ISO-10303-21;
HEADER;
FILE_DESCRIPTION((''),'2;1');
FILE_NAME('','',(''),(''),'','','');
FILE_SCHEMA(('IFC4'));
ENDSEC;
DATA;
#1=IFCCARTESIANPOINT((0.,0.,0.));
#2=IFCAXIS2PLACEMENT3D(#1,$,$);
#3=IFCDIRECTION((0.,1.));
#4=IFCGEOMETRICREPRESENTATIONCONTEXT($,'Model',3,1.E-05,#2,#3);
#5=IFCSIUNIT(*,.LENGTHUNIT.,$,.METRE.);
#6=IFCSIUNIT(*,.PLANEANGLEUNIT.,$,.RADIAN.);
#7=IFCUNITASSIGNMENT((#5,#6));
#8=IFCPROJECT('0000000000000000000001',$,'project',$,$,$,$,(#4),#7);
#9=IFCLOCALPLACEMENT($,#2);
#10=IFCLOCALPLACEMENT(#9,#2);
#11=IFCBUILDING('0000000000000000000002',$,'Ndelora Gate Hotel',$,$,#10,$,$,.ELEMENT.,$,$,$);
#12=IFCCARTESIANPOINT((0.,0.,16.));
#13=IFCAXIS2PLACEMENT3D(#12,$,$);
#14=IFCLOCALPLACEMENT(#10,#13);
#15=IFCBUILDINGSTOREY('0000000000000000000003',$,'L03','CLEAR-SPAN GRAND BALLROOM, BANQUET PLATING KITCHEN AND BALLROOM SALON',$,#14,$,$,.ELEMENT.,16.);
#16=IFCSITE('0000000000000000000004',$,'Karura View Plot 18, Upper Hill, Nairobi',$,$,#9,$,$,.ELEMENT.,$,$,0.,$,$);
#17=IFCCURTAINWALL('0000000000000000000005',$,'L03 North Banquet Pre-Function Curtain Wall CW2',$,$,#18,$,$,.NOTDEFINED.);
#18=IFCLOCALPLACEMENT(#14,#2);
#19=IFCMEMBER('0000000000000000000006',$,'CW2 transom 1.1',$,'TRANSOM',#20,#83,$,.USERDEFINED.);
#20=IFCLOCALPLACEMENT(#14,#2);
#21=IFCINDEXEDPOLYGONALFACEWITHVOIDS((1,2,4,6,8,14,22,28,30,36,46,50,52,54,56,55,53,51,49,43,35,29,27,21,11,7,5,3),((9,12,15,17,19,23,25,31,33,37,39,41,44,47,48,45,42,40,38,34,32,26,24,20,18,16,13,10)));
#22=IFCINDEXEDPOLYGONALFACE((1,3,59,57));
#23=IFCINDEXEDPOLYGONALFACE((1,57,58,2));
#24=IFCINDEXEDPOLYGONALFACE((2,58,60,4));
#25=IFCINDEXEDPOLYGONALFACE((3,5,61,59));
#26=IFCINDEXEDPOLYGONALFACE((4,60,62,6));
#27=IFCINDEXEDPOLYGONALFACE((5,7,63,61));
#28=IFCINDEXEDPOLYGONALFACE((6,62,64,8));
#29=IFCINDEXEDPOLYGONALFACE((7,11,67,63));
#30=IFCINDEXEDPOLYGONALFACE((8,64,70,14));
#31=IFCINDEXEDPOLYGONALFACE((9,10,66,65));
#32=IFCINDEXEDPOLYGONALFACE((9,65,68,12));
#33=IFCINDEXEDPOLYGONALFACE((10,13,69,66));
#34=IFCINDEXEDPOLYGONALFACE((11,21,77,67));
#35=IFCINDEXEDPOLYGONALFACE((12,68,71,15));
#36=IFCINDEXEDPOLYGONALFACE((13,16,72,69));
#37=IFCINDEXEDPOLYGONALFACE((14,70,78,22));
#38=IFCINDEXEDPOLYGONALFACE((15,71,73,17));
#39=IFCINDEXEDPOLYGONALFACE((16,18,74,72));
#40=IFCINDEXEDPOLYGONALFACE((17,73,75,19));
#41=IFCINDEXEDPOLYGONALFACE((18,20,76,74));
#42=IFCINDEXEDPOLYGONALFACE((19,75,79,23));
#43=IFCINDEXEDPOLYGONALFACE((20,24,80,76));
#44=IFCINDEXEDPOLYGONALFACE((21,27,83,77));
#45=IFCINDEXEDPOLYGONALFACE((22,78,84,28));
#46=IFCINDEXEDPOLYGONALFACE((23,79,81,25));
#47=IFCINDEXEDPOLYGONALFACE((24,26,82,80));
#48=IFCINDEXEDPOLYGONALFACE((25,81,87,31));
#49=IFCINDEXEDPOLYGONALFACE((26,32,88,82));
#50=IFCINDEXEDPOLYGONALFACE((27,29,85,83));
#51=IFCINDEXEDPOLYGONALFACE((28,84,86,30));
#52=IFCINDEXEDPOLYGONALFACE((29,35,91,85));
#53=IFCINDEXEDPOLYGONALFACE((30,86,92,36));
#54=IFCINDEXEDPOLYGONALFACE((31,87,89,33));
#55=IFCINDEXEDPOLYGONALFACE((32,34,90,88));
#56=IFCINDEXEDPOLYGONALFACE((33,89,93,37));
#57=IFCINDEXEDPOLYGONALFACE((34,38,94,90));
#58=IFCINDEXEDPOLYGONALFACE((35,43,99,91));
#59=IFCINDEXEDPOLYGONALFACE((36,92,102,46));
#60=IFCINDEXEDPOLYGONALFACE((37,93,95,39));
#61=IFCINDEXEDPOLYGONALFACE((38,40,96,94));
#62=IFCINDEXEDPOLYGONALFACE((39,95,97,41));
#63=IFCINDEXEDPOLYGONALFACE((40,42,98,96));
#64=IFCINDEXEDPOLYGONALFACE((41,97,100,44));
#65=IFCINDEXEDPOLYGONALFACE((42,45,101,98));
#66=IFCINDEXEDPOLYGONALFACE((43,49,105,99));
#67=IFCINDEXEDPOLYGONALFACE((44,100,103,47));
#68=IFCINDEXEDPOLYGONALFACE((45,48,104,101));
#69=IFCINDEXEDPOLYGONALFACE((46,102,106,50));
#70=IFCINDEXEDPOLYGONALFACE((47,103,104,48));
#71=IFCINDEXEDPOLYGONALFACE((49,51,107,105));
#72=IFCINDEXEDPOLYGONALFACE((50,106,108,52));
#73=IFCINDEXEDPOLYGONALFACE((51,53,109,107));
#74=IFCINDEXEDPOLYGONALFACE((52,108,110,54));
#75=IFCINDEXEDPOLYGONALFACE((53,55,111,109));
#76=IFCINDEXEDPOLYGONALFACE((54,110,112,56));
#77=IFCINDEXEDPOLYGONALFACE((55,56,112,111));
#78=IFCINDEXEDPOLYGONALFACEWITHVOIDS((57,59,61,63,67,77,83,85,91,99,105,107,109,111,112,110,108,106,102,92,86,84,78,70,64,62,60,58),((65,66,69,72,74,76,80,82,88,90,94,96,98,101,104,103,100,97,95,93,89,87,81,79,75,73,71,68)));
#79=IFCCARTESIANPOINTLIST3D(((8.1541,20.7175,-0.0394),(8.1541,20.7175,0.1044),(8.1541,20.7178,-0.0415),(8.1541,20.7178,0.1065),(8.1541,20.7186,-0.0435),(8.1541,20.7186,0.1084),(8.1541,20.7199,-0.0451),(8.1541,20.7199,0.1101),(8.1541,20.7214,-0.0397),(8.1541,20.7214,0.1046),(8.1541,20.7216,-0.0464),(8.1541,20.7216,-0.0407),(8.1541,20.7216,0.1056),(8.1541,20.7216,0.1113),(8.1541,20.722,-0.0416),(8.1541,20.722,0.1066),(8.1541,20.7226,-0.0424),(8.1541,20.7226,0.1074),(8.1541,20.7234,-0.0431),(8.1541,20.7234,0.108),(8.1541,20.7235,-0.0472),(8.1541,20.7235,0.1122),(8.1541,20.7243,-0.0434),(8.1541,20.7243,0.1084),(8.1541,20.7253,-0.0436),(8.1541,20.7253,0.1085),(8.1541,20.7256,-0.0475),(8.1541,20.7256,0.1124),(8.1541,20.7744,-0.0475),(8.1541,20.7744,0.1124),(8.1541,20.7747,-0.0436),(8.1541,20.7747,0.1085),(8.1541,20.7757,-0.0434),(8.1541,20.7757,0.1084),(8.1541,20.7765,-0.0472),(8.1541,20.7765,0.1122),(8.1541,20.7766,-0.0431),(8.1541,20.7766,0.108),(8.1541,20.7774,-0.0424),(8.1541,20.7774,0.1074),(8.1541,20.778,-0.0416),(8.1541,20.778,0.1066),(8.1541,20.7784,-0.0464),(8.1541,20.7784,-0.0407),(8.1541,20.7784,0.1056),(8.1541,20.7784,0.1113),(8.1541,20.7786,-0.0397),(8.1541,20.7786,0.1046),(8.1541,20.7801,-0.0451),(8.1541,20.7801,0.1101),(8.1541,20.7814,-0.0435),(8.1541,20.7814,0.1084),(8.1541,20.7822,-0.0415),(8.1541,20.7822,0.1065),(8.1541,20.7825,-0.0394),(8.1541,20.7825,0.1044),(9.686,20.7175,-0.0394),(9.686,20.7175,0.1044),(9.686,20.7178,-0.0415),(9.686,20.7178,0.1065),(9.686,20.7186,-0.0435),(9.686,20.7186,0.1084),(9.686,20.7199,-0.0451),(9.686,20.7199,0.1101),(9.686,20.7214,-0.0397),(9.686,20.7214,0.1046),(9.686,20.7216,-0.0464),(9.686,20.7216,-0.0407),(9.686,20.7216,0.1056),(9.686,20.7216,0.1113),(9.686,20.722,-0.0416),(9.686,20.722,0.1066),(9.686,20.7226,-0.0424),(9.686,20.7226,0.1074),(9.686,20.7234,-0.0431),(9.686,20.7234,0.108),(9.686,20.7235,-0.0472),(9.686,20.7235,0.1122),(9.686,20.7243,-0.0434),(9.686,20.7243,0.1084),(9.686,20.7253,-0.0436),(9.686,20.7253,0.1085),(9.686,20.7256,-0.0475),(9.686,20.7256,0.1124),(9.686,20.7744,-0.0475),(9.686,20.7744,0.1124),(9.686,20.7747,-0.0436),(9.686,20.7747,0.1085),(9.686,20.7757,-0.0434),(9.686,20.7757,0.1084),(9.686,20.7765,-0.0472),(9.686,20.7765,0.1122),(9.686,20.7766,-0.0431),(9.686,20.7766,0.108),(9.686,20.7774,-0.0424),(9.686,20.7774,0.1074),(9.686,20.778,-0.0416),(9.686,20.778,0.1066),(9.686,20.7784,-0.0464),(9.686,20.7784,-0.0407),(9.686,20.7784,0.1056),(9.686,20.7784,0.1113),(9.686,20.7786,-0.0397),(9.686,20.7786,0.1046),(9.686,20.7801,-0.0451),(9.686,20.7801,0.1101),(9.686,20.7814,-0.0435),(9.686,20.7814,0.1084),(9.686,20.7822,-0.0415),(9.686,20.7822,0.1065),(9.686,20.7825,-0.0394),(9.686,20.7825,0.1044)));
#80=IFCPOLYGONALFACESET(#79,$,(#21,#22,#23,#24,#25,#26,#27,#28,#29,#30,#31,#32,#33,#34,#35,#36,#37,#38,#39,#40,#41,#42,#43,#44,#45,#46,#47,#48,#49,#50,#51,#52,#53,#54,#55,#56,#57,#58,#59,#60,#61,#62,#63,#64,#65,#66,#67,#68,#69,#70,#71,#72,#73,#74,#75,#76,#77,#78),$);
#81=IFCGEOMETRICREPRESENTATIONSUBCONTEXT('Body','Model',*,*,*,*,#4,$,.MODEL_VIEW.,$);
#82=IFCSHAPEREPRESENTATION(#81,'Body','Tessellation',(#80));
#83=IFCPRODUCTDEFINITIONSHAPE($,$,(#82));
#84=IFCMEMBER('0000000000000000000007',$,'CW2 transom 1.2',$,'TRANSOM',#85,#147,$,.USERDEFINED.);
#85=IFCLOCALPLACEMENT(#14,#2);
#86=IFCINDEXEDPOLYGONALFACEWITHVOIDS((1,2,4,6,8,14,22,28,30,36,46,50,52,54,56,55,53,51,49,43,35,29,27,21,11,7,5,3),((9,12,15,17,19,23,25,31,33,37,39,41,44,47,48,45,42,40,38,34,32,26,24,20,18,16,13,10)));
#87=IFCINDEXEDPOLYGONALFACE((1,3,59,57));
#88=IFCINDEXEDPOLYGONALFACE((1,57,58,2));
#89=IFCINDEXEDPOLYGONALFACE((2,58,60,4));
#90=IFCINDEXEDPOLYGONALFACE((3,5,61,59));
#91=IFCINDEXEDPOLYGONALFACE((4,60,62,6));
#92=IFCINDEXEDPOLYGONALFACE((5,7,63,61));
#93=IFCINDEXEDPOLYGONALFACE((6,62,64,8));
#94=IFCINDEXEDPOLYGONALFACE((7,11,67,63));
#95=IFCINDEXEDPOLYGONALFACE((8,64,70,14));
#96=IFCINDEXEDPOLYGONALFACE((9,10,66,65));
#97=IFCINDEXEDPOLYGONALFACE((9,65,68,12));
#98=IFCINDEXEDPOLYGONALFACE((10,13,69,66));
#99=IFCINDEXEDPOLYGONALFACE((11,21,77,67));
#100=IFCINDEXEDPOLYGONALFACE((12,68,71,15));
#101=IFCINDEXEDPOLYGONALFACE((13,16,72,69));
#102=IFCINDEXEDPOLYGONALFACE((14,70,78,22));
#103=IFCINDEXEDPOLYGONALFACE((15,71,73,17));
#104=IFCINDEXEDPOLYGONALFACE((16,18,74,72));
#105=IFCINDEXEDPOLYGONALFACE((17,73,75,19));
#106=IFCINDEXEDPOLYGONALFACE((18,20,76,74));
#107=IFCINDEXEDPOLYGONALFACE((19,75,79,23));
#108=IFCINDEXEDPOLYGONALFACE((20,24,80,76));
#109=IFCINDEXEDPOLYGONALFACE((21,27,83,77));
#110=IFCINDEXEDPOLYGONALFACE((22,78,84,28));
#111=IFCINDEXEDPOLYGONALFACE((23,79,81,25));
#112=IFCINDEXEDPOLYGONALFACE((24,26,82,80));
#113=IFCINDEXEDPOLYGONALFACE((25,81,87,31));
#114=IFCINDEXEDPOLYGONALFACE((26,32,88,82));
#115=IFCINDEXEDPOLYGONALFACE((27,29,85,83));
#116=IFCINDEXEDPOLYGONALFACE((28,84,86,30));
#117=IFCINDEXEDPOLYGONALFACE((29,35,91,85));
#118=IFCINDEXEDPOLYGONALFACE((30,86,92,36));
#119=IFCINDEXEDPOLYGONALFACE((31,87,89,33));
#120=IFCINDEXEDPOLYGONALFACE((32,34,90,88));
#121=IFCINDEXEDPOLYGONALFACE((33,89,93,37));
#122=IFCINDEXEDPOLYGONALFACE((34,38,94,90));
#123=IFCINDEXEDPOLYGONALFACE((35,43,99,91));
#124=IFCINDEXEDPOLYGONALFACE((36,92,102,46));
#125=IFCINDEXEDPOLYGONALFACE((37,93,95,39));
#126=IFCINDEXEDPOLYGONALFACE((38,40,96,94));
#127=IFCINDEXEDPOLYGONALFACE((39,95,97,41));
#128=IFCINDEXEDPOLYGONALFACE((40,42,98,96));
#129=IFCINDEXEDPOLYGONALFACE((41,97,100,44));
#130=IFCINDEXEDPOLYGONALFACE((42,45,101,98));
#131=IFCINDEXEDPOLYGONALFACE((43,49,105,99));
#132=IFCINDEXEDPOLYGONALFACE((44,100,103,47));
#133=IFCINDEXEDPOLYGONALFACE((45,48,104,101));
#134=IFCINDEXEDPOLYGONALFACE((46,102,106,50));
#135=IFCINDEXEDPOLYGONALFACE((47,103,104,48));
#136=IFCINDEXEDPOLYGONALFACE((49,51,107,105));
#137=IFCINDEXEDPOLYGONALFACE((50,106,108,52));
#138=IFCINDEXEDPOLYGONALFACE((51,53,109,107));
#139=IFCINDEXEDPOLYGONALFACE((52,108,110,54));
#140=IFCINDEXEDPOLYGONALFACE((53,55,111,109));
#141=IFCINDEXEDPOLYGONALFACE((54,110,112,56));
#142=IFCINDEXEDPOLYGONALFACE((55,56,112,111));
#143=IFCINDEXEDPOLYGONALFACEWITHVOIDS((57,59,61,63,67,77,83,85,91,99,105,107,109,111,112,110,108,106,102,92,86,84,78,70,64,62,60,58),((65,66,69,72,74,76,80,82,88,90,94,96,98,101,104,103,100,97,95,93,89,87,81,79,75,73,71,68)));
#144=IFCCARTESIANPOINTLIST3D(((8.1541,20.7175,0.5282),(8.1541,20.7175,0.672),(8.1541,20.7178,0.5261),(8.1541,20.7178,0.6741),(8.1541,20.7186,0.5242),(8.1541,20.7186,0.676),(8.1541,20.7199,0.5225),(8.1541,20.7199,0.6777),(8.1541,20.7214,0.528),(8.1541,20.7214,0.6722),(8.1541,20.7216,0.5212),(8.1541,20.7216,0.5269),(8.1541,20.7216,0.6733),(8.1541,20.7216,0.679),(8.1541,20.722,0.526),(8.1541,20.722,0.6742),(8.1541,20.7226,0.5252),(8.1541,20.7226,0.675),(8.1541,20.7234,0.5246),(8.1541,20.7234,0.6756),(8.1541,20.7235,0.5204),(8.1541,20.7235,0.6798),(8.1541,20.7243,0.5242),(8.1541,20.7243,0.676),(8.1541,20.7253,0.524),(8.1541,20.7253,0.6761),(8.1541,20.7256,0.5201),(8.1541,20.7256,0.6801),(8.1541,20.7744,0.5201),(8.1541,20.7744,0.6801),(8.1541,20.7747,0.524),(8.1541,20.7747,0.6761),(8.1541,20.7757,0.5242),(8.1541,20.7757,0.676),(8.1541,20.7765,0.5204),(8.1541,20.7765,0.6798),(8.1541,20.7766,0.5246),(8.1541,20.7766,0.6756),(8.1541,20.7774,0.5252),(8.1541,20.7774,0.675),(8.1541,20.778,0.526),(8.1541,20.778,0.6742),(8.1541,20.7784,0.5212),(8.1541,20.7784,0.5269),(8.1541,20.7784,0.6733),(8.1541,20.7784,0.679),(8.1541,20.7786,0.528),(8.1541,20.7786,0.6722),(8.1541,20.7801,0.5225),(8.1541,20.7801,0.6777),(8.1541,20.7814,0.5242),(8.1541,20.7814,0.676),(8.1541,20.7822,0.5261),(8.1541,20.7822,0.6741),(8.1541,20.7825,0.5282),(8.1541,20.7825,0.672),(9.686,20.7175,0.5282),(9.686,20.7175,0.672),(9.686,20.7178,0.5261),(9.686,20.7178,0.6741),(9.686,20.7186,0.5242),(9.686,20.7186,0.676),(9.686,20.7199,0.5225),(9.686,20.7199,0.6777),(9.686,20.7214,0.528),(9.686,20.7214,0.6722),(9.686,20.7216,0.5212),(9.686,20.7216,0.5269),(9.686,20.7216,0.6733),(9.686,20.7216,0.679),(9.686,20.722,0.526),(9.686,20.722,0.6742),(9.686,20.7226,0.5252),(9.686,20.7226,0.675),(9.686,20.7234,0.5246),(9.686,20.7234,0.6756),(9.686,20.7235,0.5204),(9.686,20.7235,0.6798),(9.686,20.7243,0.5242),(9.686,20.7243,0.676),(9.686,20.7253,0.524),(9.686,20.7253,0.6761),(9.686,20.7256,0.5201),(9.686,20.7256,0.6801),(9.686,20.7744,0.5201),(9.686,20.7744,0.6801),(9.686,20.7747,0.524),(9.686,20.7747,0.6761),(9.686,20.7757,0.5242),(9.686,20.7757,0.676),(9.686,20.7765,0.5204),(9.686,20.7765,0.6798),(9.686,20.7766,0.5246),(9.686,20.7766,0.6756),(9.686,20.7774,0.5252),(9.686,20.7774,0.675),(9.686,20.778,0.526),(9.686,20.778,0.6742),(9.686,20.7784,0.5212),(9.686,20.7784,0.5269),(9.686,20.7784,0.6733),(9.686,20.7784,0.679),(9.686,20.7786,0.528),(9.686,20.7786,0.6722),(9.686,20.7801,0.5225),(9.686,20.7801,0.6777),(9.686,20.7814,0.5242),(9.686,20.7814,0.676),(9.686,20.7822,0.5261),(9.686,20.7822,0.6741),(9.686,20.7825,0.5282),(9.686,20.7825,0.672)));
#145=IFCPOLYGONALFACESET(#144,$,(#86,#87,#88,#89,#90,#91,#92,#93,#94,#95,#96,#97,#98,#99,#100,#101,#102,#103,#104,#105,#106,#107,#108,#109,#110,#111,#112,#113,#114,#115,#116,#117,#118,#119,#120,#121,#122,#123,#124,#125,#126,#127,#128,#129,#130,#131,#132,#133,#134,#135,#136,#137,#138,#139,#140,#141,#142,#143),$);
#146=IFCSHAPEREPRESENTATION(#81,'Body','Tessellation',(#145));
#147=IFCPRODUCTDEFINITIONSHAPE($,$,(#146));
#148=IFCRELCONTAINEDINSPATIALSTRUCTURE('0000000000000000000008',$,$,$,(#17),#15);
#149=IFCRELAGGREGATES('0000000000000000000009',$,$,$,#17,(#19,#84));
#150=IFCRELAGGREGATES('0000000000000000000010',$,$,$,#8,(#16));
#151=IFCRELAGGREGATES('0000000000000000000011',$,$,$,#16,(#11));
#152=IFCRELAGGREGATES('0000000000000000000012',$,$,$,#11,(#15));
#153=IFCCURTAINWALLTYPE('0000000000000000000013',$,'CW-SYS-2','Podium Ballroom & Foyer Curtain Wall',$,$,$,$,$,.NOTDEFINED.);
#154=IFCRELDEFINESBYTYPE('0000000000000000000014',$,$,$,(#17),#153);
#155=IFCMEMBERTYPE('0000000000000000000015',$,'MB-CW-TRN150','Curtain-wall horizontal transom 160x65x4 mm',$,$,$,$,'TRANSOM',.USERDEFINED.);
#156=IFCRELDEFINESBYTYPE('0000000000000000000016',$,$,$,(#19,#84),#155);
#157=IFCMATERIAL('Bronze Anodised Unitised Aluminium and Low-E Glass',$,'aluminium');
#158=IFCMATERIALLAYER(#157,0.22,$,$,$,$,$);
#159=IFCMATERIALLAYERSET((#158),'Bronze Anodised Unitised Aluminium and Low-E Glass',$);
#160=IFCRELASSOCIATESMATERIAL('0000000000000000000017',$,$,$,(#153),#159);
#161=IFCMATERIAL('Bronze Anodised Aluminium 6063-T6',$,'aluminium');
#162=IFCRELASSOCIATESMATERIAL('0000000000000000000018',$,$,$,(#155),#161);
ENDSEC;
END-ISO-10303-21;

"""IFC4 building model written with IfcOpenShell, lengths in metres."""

from ifc_helpers import new_model, si_unit, direction, frame, origin, origin_2d, place, context, subcontext, project, spatial, hollow_rectangle, extrude, material, layer, layer_set, material_profile, profile_set, type_object, element, aggregate, save


model = new_model("IFC4")

# Units and contexts
model_context = context("Model", 3, precision=1e-05, world=origin(), true_north=direction((0.0, 1.0)))
body_context = subcontext(model_context, "Body", "Model", "MODEL_VIEW")
ifc_project = project(units=[si_unit("LENGTHUNIT", "METRE"), si_unit("PLANEANGLEUNIT", "RADIAN")], contexts=[model_context])

# Site, building, storey
site_placement = place(None, origin())
site = spatial("IfcSite", under=ifc_project, at=site_placement, Name="Karura View Plot 18, Upper Hill, Nairobi", CompositionType="ELEMENT", RefElevation=0.0)
building_placement = place(site_placement, origin())
building = spatial("IfcBuilding", under=site, at=building_placement, Name="Ndelora Gate Hotel", CompositionType="ELEMENT")
storey_placement = place(building_placement, frame((0.0, 0.0, 16.0)))
storey = spatial("IfcBuildingStorey", under=building, at=storey_placement, Name="L03", Description="CLEAR-SPAN GRAND BALLROOM, BANQUET PLATING KITCHEN AND BALLROOM SALON", CompositionType="ELEMENT", Elevation=16.0)

# Curtain wall, members
ifc_material_1 = material(Name="Bronze Anodised Unitised Aluminium and Low-E Glass", Category="aluminium")
ifc_layer_1 = layer(ifc_material_1, 0.22)
ifc_layer_set_1 = layer_set([ifc_layer_1], Name="Bronze Anodised Unitised Aluminium and Low-E Glass")
curtain_wall_type = type_object("IfcCurtainWallType", Name="CW-SYS-2", Description="Podium Ballroom & Foyer Curtain Wall", PredefinedType="NOTDEFINED", material=ifc_layer_set_1)
curtain_wall_placement = place(storey_placement, origin())
curtain_wall = element("IfcCurtainWall", 1, at=curtain_wall_placement, inside=storey, type_object=curtain_wall_type, Name="L03 North Banquet Pre-Function Curtain Wall CW2", PredefinedType="NOTDEFINED")
ifc_material_2 = material(Name="Bronze Anodised Aluminium 6063-T6", Category="aluminium")
ifc_material_profile_1 = material_profile(ifc_material_2, hollow_rectangle(XDim=0.0649, YDim=0.1599, WallThickness=0.0039, InnerFilletRadius=0.0039, OuterFilletRadius=0.0081, at=origin_2d()), Name="ALU 160x65x4")
ifc_profile_set_1 = profile_set([ifc_material_profile_1], Name="Bronze Anodised Aluminium 6063-T6")
member_type_1 = type_object("IfcMemberType", Name="MB-CW-TRN150", Description="Curtain-wall horizontal transom 160x65x4 mm", ElementType="TRANSOM", PredefinedType="USERDEFINED", material=ifc_profile_set_1)
member_1_placement = place(storey_placement, frame((9.686, 20.75, 0.0325), z_axis=(-1.0, 0.0, 0.0), x_axis=(0.0, -1.0, 0.0)))
member_1 = element("IfcMember", 2, at=member_1_placement, type_object=member_type_1, Name="CW2 transom 1.1", ObjectType="TRANSOM", PredefinedType="USERDEFINED", context=body_context, shape_type="SweptSolid", body=[
    extrude(hollow_rectangle(XDim=0.0649, YDim=0.1599, WallThickness=0.0039, InnerFilletRadius=0.0039, OuterFilletRadius=0.0081, at=origin_2d()), origin(), (0.0, 0.0, 1.0), 1.532),
])
member_2_placement = place(storey_placement, frame((9.686, 20.75, 0.6001), z_axis=(-1.0, 0.0, 0.0), x_axis=(0.0, -1.0, 0.0)))
member_2 = element("IfcMember", 3, at=member_2_placement, type_object=member_type_1, Name="CW2 transom 1.2", ObjectType="TRANSOM", PredefinedType="USERDEFINED", context=body_context, shape_type="SweptSolid", body=[
    extrude(hollow_rectangle(XDim=0.0649, YDim=0.1599, WallThickness=0.0039, InnerFilletRadius=0.0039, OuterFilletRadius=0.0081, at=origin_2d()), origin(), (0.0, 0.0, 1.0), 1.532),
])
aggregate(curtain_wall, [member_1, member_2])

save(model, "model.ifc")
